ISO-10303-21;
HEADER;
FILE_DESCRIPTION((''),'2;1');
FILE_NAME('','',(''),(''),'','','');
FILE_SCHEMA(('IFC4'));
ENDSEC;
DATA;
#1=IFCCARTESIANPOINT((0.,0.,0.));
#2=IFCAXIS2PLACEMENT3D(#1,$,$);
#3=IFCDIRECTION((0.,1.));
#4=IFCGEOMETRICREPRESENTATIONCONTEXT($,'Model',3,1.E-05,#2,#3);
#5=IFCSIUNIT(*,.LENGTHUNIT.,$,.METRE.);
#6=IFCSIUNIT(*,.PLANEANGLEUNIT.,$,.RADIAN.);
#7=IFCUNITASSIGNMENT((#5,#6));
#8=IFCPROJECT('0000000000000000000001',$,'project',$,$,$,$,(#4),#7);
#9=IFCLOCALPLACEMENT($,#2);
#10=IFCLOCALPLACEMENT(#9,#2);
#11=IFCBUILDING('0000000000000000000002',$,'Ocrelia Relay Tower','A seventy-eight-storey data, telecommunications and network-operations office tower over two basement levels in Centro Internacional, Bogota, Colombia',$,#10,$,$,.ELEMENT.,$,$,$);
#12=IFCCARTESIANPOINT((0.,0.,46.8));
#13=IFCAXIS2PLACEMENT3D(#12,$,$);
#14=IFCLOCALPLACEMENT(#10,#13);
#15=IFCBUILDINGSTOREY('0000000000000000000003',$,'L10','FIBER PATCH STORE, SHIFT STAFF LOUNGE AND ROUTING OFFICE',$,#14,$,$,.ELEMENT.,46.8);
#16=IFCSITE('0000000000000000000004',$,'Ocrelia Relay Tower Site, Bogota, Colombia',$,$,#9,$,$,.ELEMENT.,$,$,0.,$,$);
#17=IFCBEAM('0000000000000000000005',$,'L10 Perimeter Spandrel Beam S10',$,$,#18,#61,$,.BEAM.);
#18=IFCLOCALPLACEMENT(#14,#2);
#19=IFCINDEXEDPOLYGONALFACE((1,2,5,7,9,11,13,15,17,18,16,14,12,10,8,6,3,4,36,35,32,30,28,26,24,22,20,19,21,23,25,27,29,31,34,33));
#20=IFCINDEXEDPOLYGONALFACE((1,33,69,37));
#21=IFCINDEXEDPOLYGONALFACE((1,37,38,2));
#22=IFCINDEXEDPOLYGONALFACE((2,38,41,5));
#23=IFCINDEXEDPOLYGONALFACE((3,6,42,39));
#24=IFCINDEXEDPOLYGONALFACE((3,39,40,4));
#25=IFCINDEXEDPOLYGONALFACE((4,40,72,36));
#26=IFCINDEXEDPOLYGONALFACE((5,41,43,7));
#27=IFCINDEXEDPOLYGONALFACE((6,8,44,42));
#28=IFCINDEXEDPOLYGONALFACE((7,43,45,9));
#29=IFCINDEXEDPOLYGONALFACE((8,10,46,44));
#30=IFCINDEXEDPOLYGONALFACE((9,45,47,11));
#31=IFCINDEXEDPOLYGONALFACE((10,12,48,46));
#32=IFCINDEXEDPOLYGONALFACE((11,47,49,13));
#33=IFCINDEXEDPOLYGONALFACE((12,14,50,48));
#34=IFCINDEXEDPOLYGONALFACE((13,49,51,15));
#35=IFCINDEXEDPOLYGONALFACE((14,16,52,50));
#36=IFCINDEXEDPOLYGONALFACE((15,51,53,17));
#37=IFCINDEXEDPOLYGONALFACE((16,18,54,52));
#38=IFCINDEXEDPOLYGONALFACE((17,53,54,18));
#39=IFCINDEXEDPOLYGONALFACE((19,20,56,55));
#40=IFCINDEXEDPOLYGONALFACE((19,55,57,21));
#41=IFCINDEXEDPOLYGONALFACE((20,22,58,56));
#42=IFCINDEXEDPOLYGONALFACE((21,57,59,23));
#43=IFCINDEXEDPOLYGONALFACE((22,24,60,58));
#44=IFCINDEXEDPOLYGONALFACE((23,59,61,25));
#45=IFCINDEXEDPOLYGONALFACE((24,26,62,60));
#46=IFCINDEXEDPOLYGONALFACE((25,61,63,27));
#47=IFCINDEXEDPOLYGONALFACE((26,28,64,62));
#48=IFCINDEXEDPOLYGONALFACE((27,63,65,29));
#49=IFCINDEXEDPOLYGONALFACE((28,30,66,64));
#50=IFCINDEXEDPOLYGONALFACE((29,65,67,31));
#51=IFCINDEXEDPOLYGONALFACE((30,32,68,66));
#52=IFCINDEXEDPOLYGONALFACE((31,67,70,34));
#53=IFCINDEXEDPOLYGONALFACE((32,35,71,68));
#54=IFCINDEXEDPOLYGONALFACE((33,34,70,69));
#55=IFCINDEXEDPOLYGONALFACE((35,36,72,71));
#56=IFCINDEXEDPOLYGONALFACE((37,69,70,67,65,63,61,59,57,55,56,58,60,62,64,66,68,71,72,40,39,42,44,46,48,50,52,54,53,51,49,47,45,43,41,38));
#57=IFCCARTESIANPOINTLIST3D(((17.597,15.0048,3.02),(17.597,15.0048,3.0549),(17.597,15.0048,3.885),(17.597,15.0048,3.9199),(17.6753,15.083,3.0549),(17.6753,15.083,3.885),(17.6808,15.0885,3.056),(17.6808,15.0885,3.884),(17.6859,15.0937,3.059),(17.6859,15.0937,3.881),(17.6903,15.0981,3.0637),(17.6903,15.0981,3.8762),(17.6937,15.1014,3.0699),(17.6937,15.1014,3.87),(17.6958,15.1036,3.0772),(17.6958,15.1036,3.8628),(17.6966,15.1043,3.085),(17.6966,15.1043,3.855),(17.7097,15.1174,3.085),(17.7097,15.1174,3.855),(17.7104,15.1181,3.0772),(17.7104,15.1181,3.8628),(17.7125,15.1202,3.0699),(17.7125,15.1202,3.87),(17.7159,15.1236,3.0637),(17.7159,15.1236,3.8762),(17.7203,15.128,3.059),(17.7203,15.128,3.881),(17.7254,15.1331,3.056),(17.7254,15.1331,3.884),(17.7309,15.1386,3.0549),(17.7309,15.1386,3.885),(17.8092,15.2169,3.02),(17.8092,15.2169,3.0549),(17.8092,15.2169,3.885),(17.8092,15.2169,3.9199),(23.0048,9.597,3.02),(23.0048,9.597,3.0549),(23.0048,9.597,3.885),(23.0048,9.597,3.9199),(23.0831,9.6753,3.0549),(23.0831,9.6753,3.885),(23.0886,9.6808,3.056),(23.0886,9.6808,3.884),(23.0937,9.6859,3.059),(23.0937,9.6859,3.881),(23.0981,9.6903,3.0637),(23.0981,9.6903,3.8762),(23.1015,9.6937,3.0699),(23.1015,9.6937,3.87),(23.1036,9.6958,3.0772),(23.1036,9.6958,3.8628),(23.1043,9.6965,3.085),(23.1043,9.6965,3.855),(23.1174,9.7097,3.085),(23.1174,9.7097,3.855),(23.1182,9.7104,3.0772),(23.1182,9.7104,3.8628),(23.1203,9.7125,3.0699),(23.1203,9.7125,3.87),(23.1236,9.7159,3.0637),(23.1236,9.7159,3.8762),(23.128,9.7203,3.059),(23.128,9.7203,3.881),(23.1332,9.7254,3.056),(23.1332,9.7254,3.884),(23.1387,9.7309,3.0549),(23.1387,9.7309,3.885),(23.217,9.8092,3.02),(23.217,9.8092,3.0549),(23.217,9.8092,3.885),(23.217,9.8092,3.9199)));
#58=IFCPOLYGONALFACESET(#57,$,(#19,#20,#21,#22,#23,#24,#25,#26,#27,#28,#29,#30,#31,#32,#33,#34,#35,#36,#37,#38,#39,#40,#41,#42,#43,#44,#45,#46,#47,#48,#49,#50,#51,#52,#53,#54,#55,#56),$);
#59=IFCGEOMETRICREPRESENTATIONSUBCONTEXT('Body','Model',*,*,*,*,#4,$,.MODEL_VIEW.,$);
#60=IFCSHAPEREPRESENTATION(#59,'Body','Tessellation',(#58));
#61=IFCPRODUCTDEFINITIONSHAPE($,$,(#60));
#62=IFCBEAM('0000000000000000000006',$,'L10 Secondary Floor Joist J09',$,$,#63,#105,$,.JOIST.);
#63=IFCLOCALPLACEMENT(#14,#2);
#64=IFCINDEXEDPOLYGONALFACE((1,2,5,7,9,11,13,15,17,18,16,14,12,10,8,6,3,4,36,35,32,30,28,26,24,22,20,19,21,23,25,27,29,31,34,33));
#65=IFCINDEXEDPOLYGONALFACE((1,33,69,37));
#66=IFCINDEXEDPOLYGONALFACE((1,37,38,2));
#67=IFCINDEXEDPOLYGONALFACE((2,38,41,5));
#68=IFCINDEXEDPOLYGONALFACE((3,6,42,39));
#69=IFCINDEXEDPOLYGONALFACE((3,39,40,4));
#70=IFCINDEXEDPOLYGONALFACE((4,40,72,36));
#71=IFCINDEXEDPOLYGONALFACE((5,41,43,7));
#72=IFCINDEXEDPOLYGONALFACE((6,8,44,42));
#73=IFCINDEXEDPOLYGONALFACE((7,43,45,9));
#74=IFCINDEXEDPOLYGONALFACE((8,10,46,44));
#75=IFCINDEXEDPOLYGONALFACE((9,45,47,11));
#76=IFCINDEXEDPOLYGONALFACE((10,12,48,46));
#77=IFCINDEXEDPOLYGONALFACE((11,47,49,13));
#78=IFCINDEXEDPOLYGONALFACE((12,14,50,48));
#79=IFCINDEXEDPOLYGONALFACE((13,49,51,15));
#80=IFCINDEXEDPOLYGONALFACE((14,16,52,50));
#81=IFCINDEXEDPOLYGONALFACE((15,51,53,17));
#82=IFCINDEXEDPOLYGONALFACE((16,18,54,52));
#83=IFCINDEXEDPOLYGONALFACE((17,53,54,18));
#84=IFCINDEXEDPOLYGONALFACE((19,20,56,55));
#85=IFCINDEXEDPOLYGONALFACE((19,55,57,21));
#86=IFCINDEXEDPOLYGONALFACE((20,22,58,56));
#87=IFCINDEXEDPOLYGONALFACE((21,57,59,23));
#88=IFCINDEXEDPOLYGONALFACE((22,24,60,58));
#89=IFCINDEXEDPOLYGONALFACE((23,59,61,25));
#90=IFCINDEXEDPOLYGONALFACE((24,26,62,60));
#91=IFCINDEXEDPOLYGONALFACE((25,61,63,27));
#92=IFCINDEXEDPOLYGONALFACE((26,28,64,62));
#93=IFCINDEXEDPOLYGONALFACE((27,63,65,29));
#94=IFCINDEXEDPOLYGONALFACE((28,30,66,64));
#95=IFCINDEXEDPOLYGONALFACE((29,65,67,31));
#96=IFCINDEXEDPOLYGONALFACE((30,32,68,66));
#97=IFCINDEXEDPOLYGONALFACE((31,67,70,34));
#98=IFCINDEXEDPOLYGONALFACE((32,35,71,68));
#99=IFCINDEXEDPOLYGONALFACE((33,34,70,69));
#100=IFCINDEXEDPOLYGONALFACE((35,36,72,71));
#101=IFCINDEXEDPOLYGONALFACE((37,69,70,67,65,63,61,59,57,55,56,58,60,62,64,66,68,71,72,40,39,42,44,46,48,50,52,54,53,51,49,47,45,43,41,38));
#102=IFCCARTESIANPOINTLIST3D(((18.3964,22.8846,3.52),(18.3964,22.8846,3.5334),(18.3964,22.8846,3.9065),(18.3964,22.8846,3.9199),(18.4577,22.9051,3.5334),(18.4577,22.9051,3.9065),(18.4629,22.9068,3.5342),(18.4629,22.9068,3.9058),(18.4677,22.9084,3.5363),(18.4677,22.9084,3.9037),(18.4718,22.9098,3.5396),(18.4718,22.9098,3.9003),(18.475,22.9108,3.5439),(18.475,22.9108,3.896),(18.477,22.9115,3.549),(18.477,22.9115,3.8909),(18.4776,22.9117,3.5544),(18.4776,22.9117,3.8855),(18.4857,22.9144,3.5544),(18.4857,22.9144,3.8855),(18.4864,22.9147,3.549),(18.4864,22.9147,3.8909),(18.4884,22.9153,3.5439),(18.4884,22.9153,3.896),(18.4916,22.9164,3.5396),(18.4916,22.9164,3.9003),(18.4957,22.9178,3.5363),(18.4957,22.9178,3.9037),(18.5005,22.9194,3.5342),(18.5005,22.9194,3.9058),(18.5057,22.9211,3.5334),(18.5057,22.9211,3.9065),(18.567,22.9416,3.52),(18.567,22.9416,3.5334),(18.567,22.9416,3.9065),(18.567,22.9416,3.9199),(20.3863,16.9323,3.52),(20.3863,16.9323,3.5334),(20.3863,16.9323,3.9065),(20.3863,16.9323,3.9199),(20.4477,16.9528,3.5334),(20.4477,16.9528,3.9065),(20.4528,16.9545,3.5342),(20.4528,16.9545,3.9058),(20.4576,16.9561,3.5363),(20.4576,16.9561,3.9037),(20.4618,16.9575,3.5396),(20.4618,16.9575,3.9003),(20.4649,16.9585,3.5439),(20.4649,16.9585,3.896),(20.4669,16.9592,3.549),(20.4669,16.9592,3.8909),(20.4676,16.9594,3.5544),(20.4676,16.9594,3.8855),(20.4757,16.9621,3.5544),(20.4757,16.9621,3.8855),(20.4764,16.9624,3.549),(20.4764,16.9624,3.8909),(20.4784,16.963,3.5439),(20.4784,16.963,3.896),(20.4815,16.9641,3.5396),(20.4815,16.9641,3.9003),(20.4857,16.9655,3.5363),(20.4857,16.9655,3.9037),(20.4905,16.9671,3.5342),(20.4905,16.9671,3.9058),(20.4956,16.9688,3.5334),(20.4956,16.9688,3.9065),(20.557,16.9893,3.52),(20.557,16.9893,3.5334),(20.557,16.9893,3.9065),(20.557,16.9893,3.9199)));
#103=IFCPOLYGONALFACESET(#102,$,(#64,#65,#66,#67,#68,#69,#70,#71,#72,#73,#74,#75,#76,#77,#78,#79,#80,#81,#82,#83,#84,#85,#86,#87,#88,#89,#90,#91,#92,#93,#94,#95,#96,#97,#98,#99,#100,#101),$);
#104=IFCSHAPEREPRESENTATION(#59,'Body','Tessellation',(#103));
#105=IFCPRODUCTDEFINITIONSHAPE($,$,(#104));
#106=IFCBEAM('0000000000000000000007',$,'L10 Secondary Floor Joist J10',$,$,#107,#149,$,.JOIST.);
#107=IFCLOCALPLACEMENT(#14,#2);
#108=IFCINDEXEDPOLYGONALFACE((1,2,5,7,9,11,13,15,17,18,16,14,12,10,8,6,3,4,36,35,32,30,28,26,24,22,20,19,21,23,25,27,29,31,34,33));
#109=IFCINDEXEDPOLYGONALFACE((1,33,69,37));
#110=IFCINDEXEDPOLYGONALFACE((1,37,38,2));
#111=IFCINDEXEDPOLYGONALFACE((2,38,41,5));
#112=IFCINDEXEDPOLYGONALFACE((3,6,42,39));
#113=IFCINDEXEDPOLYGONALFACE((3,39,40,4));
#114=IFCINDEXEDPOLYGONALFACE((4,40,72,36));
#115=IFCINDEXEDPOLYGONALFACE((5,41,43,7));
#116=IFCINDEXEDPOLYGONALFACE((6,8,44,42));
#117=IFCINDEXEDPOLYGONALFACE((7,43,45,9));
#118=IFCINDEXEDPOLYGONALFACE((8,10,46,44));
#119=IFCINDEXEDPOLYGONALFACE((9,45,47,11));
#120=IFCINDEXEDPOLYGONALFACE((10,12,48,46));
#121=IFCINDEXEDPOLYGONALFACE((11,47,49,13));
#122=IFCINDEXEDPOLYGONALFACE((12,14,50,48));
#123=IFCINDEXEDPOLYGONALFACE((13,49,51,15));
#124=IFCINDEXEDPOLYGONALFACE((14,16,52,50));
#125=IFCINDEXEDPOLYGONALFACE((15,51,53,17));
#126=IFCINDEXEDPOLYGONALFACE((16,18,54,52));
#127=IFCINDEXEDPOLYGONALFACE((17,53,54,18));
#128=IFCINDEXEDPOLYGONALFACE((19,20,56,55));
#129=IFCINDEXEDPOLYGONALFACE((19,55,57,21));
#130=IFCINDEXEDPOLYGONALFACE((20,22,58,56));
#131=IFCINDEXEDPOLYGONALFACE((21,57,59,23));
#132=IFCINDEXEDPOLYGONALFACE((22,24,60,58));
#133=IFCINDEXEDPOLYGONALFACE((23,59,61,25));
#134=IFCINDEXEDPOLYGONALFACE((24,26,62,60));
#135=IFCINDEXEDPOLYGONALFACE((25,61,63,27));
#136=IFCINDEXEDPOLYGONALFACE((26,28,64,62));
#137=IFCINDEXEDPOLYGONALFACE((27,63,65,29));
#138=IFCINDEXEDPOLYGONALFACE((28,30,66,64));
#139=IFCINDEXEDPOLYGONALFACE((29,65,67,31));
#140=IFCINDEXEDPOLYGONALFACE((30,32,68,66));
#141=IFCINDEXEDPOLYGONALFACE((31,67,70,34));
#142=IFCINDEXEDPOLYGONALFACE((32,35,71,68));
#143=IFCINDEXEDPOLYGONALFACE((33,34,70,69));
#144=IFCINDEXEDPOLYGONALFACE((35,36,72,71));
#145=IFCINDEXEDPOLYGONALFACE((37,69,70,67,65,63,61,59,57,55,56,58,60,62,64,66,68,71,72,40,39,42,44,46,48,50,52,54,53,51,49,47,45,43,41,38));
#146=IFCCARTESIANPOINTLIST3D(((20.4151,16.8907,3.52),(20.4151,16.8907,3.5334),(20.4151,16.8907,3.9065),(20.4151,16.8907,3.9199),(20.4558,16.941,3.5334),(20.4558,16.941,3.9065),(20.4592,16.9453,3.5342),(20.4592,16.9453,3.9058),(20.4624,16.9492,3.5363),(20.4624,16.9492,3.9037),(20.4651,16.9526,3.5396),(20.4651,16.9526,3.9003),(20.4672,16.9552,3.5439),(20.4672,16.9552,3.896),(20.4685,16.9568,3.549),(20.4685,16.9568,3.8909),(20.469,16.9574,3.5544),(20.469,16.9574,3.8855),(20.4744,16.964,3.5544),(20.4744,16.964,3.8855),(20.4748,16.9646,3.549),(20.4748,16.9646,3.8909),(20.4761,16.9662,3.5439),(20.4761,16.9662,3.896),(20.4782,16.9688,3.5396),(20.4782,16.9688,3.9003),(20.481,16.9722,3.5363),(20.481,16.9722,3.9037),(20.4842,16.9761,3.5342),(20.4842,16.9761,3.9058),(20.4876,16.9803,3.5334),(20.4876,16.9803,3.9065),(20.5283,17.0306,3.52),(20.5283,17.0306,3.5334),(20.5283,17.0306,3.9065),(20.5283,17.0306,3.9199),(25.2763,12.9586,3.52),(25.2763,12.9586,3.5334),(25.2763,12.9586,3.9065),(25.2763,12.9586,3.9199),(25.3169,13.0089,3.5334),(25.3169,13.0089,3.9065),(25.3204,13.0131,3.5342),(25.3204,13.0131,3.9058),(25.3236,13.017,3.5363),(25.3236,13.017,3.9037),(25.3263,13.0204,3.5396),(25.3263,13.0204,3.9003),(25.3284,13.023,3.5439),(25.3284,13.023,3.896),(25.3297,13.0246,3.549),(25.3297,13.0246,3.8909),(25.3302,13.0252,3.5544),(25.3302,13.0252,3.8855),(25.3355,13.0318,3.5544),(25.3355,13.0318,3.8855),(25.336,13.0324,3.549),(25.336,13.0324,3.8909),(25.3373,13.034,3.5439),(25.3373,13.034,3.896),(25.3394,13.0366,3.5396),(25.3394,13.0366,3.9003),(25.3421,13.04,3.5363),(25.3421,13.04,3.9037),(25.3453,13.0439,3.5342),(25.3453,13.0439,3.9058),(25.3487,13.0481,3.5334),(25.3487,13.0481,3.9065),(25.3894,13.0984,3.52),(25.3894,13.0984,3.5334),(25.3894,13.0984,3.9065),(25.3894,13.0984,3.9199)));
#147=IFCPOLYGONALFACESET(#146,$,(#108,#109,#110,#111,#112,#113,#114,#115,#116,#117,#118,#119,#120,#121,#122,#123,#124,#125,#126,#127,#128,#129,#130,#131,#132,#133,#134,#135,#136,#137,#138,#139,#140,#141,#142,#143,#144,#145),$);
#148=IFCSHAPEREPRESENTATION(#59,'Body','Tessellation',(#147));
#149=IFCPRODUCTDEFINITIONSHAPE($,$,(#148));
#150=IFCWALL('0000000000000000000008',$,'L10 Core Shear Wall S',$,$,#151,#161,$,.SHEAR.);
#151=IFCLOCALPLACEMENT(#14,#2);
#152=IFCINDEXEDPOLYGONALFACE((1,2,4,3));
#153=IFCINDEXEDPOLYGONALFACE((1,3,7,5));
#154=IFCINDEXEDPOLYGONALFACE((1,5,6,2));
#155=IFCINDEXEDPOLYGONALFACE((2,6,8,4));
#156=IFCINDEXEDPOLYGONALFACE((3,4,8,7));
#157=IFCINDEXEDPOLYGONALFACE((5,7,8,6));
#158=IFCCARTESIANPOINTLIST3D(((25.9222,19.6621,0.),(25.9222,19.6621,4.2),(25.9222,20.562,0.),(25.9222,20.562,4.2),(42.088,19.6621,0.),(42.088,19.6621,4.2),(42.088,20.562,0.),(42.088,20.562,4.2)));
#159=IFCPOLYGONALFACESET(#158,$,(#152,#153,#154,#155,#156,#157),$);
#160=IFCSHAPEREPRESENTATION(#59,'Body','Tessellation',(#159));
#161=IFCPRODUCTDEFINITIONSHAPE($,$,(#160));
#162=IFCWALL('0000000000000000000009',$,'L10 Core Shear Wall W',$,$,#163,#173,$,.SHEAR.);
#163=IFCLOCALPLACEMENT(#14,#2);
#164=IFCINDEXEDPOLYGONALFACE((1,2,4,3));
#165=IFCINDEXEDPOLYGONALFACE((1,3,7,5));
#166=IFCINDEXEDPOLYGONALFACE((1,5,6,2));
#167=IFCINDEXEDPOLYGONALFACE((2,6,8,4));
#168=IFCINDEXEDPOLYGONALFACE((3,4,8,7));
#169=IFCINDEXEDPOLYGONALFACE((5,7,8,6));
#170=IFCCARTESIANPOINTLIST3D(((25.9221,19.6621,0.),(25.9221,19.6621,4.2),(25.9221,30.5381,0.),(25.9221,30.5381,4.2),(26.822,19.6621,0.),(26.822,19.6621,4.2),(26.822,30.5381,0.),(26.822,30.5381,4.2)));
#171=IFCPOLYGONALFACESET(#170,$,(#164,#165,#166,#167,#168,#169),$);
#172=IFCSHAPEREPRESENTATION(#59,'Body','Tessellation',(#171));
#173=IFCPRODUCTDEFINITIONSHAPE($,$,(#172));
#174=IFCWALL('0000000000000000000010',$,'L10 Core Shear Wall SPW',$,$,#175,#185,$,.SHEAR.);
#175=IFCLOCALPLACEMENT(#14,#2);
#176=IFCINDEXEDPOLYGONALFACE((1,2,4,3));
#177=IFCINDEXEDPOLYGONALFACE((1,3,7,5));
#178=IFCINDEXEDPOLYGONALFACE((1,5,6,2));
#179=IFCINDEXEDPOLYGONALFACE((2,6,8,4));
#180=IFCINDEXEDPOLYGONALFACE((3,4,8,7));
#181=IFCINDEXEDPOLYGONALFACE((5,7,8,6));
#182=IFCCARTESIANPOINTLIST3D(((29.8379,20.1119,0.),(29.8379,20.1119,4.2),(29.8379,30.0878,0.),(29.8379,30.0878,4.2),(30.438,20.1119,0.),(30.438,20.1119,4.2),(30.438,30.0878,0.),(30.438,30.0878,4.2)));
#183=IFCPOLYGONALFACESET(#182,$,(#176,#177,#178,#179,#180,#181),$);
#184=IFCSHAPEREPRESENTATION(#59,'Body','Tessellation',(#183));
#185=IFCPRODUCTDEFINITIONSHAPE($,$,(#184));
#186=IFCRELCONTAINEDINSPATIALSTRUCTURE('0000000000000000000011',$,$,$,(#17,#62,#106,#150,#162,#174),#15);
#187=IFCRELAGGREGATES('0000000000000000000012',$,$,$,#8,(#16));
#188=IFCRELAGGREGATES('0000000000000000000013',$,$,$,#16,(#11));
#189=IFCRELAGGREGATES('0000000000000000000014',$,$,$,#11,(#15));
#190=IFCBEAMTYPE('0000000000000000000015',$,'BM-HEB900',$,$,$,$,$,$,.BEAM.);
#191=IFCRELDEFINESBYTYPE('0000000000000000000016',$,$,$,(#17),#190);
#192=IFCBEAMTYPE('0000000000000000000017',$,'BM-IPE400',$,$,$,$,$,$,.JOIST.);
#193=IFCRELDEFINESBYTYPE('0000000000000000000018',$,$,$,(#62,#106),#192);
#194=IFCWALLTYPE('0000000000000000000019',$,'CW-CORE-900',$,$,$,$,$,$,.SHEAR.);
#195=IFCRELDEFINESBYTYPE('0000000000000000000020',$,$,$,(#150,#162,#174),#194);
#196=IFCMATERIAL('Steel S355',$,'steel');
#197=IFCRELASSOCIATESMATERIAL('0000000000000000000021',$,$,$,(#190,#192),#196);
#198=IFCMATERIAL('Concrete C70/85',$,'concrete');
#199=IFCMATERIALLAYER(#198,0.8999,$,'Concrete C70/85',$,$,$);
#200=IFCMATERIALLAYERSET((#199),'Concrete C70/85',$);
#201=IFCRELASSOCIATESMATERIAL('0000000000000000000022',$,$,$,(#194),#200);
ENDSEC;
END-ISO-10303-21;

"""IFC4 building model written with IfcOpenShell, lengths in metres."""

from ifc_helpers import new_model, si_unit, direction, frame, frame_2d, origin, origin_2d, place, context, subcontext, project, spatial, rectangle, i_section, extrude, material, layer, layer_set, material_profile, profile_set, type_object, element, save


model = new_model("IFC4")

# Units and contexts
model_context = context("Model", 3, precision=1e-05, world=origin(), true_north=direction((0.0, 1.0)))
body_context = subcontext(model_context, "Body", "Model", "MODEL_VIEW")
ifc_project = project(units=[si_unit("LENGTHUNIT", "METRE"), si_unit("PLANEANGLEUNIT", "RADIAN")], contexts=[model_context])

# Site, building, storey
site_placement = place(None, origin())
site = spatial("IfcSite", under=ifc_project, at=site_placement, Name="Ocrelia Relay Tower Site, Bogota, Colombia", CompositionType="ELEMENT", RefElevation=0.0)
building_placement = place(site_placement, origin())
building = spatial("IfcBuilding", under=site, at=building_placement, Name="Ocrelia Relay Tower", Description="A seventy-eight-storey data, telecommunications and network-operations office tower over two basement levels in Centro Internacional, Bogota, Colombia", CompositionType="ELEMENT")
storey_placement = place(building_placement, frame((0.0, 0.0, 46.8)))
storey = spatial("IfcBuildingStorey", under=building, at=storey_placement, Name="L10", Description="FIBER PATCH STORE, SHIFT STAFF LOUNGE AND ROUTING OFFICE", CompositionType="ELEMENT", Elevation=46.8)

# Shared definitions
ifc_material_1 = material(Name="Concrete C70/85", Category="concrete")

# Beams
ifc_material_2 = material(Name="Steel S355", Category="steel")
ifc_material_profile_1 = material_profile(ifc_material_2, i_section(OverallWidth=0.3, OverallDepth=0.8999, WebThickness=0.0186, FlangeThickness=0.0349, FilletRadius=0.03, at=origin_2d()), Name="HEB 900")
ifc_profile_set_1 = profile_set([ifc_material_profile_1], Name="Steel S355")
beam_type_1 = type_object("IfcBeamType", Name="BM-HEB900", PredefinedType="BEAM", material=ifc_profile_set_1)
beam_1_placement = place(storey_placement, frame((17.7031, 15.1108, 3.47), z_axis=(0.707107, -0.707107, 0.0), x_axis=(0.707107, 0.707107, 0.0)))
element("IfcBeam", 1, at=beam_1_placement, inside=storey, type_object=beam_type_1, Name="L10 Perimeter Spandrel Beam S10", PredefinedType="BEAM", context=body_context, shape_type="SweptSolid", body=[
    extrude(i_section(OverallWidth=0.3, OverallDepth=0.8999, WebThickness=0.0186, FlangeThickness=0.0349, FilletRadius=0.03, at=origin_2d()), origin(), (0.0, 0.0, 1.0), 7.6477),
])
ifc_material_profile_2 = material_profile(ifc_material_2, i_section(OverallWidth=0.1799, OverallDepth=0.3999, WebThickness=0.0085, FlangeThickness=0.0134, FilletRadius=0.021, at=origin_2d()), Name="IPE 400")
ifc_profile_set_2 = profile_set([ifc_material_profile_2], Name="Steel S355")
beam_type_2 = type_object("IfcBeamType", Name="BM-IPE400", PredefinedType="JOIST", material=ifc_profile_set_2)
beam_2_placement = place(storey_placement, frame((18.4817, 22.9131, 3.72), z_axis=(0.317068, -0.948403, 0.0), x_axis=(0.948403, 0.317068, 0.0)))
element("IfcBeam", 2, at=beam_2_placement, inside=storey, type_object=beam_type_2, Name="L10 Secondary Floor Joist J09", PredefinedType="JOIST", context=body_context, shape_type="SweptSolid", body=[
    extrude(i_section(OverallWidth=0.1799, OverallDepth=0.3999, WebThickness=0.0085, FlangeThickness=0.0134, FilletRadius=0.021, at=origin_2d()), origin(), (0.0, 0.0, 1.0), 6.2761),
])
beam_3_placement = place(storey_placement, frame((20.4717, 16.9607, 3.72), z_axis=(0.777482, -0.628905, 0.0), x_axis=(0.628905, 0.777482, 0.0)))
element("IfcBeam", 3, at=beam_3_placement, inside=storey, type_object=beam_type_2, Name="L10 Secondary Floor Joist J10", PredefinedType="JOIST", context=body_context, shape_type="SweptSolid", body=[
    extrude(i_section(OverallWidth=0.1799, OverallDepth=0.3999, WebThickness=0.0085, FlangeThickness=0.0134, FilletRadius=0.021, at=origin_2d()), origin(), (0.0, 0.0, 1.0), 6.2524),
])

# Walls
ifc_layer_1 = layer(ifc_material_1, 0.8999, Name="Concrete C70/85")
ifc_layer_set_1 = layer_set([ifc_layer_1], Name="Concrete C70/85")
wall_type_1 = type_object("IfcWallType", Name="CW-CORE-900", PredefinedType="SHEAR", material=ifc_layer_set_1)
wall_1_placement = place(storey_placement, frame((25.9221, 20.1121, 0.0), z_axis=(0.0, 0.0, 1.0), x_axis=(1.0, 0.0, 0.0)))
element("IfcWall", 4, at=wall_1_placement, inside=storey, type_object=wall_type_1, Name="L10 Core Shear Wall S", PredefinedType="SHEAR", context=body_context, shape_type="SweptSolid", body=[
    extrude(rectangle(XDim=16.1658, YDim=0.8999, at=frame_2d((8.083, 0.0))), origin(), (0.0, 0.0, 1.0), 4.2),
])
wall_2_placement = place(storey_placement, frame((26.3721, 19.6621, 0.0), z_axis=(0.0, 0.0, 1.0), x_axis=(0.0, 1.0, 0.0)))
element("IfcWall", 5, at=wall_2_placement, inside=storey, type_object=wall_type_1, Name="L10 Core Shear Wall W", PredefinedType="SHEAR", context=body_context, shape_type="SweptSolid", body=[
    extrude(rectangle(XDim=10.876, YDim=0.8999, at=frame_2d((5.438, 0.0))), origin(), (0.0, 0.0, 1.0), 4.2),
])
wall_3_placement = place(storey_placement, frame((30.1379, 20.1121, 0.0), z_axis=(0.0, 0.0, 1.0), x_axis=(0.0, 1.0, 0.0)))
element("IfcWall", 6, at=wall_3_placement, inside=storey, type_object=wall_type_1, Name="L10 Core Shear Wall SPW", PredefinedType="SHEAR", context=body_context, shape_type="SweptSolid", body=[
    extrude(rectangle(XDim=9.9758, YDim=0.6001, at=frame_2d((4.9878, 0.0))), origin(), (0.0, 0.0, 1.0), 4.2),
])

save(model, "model.ifc")
